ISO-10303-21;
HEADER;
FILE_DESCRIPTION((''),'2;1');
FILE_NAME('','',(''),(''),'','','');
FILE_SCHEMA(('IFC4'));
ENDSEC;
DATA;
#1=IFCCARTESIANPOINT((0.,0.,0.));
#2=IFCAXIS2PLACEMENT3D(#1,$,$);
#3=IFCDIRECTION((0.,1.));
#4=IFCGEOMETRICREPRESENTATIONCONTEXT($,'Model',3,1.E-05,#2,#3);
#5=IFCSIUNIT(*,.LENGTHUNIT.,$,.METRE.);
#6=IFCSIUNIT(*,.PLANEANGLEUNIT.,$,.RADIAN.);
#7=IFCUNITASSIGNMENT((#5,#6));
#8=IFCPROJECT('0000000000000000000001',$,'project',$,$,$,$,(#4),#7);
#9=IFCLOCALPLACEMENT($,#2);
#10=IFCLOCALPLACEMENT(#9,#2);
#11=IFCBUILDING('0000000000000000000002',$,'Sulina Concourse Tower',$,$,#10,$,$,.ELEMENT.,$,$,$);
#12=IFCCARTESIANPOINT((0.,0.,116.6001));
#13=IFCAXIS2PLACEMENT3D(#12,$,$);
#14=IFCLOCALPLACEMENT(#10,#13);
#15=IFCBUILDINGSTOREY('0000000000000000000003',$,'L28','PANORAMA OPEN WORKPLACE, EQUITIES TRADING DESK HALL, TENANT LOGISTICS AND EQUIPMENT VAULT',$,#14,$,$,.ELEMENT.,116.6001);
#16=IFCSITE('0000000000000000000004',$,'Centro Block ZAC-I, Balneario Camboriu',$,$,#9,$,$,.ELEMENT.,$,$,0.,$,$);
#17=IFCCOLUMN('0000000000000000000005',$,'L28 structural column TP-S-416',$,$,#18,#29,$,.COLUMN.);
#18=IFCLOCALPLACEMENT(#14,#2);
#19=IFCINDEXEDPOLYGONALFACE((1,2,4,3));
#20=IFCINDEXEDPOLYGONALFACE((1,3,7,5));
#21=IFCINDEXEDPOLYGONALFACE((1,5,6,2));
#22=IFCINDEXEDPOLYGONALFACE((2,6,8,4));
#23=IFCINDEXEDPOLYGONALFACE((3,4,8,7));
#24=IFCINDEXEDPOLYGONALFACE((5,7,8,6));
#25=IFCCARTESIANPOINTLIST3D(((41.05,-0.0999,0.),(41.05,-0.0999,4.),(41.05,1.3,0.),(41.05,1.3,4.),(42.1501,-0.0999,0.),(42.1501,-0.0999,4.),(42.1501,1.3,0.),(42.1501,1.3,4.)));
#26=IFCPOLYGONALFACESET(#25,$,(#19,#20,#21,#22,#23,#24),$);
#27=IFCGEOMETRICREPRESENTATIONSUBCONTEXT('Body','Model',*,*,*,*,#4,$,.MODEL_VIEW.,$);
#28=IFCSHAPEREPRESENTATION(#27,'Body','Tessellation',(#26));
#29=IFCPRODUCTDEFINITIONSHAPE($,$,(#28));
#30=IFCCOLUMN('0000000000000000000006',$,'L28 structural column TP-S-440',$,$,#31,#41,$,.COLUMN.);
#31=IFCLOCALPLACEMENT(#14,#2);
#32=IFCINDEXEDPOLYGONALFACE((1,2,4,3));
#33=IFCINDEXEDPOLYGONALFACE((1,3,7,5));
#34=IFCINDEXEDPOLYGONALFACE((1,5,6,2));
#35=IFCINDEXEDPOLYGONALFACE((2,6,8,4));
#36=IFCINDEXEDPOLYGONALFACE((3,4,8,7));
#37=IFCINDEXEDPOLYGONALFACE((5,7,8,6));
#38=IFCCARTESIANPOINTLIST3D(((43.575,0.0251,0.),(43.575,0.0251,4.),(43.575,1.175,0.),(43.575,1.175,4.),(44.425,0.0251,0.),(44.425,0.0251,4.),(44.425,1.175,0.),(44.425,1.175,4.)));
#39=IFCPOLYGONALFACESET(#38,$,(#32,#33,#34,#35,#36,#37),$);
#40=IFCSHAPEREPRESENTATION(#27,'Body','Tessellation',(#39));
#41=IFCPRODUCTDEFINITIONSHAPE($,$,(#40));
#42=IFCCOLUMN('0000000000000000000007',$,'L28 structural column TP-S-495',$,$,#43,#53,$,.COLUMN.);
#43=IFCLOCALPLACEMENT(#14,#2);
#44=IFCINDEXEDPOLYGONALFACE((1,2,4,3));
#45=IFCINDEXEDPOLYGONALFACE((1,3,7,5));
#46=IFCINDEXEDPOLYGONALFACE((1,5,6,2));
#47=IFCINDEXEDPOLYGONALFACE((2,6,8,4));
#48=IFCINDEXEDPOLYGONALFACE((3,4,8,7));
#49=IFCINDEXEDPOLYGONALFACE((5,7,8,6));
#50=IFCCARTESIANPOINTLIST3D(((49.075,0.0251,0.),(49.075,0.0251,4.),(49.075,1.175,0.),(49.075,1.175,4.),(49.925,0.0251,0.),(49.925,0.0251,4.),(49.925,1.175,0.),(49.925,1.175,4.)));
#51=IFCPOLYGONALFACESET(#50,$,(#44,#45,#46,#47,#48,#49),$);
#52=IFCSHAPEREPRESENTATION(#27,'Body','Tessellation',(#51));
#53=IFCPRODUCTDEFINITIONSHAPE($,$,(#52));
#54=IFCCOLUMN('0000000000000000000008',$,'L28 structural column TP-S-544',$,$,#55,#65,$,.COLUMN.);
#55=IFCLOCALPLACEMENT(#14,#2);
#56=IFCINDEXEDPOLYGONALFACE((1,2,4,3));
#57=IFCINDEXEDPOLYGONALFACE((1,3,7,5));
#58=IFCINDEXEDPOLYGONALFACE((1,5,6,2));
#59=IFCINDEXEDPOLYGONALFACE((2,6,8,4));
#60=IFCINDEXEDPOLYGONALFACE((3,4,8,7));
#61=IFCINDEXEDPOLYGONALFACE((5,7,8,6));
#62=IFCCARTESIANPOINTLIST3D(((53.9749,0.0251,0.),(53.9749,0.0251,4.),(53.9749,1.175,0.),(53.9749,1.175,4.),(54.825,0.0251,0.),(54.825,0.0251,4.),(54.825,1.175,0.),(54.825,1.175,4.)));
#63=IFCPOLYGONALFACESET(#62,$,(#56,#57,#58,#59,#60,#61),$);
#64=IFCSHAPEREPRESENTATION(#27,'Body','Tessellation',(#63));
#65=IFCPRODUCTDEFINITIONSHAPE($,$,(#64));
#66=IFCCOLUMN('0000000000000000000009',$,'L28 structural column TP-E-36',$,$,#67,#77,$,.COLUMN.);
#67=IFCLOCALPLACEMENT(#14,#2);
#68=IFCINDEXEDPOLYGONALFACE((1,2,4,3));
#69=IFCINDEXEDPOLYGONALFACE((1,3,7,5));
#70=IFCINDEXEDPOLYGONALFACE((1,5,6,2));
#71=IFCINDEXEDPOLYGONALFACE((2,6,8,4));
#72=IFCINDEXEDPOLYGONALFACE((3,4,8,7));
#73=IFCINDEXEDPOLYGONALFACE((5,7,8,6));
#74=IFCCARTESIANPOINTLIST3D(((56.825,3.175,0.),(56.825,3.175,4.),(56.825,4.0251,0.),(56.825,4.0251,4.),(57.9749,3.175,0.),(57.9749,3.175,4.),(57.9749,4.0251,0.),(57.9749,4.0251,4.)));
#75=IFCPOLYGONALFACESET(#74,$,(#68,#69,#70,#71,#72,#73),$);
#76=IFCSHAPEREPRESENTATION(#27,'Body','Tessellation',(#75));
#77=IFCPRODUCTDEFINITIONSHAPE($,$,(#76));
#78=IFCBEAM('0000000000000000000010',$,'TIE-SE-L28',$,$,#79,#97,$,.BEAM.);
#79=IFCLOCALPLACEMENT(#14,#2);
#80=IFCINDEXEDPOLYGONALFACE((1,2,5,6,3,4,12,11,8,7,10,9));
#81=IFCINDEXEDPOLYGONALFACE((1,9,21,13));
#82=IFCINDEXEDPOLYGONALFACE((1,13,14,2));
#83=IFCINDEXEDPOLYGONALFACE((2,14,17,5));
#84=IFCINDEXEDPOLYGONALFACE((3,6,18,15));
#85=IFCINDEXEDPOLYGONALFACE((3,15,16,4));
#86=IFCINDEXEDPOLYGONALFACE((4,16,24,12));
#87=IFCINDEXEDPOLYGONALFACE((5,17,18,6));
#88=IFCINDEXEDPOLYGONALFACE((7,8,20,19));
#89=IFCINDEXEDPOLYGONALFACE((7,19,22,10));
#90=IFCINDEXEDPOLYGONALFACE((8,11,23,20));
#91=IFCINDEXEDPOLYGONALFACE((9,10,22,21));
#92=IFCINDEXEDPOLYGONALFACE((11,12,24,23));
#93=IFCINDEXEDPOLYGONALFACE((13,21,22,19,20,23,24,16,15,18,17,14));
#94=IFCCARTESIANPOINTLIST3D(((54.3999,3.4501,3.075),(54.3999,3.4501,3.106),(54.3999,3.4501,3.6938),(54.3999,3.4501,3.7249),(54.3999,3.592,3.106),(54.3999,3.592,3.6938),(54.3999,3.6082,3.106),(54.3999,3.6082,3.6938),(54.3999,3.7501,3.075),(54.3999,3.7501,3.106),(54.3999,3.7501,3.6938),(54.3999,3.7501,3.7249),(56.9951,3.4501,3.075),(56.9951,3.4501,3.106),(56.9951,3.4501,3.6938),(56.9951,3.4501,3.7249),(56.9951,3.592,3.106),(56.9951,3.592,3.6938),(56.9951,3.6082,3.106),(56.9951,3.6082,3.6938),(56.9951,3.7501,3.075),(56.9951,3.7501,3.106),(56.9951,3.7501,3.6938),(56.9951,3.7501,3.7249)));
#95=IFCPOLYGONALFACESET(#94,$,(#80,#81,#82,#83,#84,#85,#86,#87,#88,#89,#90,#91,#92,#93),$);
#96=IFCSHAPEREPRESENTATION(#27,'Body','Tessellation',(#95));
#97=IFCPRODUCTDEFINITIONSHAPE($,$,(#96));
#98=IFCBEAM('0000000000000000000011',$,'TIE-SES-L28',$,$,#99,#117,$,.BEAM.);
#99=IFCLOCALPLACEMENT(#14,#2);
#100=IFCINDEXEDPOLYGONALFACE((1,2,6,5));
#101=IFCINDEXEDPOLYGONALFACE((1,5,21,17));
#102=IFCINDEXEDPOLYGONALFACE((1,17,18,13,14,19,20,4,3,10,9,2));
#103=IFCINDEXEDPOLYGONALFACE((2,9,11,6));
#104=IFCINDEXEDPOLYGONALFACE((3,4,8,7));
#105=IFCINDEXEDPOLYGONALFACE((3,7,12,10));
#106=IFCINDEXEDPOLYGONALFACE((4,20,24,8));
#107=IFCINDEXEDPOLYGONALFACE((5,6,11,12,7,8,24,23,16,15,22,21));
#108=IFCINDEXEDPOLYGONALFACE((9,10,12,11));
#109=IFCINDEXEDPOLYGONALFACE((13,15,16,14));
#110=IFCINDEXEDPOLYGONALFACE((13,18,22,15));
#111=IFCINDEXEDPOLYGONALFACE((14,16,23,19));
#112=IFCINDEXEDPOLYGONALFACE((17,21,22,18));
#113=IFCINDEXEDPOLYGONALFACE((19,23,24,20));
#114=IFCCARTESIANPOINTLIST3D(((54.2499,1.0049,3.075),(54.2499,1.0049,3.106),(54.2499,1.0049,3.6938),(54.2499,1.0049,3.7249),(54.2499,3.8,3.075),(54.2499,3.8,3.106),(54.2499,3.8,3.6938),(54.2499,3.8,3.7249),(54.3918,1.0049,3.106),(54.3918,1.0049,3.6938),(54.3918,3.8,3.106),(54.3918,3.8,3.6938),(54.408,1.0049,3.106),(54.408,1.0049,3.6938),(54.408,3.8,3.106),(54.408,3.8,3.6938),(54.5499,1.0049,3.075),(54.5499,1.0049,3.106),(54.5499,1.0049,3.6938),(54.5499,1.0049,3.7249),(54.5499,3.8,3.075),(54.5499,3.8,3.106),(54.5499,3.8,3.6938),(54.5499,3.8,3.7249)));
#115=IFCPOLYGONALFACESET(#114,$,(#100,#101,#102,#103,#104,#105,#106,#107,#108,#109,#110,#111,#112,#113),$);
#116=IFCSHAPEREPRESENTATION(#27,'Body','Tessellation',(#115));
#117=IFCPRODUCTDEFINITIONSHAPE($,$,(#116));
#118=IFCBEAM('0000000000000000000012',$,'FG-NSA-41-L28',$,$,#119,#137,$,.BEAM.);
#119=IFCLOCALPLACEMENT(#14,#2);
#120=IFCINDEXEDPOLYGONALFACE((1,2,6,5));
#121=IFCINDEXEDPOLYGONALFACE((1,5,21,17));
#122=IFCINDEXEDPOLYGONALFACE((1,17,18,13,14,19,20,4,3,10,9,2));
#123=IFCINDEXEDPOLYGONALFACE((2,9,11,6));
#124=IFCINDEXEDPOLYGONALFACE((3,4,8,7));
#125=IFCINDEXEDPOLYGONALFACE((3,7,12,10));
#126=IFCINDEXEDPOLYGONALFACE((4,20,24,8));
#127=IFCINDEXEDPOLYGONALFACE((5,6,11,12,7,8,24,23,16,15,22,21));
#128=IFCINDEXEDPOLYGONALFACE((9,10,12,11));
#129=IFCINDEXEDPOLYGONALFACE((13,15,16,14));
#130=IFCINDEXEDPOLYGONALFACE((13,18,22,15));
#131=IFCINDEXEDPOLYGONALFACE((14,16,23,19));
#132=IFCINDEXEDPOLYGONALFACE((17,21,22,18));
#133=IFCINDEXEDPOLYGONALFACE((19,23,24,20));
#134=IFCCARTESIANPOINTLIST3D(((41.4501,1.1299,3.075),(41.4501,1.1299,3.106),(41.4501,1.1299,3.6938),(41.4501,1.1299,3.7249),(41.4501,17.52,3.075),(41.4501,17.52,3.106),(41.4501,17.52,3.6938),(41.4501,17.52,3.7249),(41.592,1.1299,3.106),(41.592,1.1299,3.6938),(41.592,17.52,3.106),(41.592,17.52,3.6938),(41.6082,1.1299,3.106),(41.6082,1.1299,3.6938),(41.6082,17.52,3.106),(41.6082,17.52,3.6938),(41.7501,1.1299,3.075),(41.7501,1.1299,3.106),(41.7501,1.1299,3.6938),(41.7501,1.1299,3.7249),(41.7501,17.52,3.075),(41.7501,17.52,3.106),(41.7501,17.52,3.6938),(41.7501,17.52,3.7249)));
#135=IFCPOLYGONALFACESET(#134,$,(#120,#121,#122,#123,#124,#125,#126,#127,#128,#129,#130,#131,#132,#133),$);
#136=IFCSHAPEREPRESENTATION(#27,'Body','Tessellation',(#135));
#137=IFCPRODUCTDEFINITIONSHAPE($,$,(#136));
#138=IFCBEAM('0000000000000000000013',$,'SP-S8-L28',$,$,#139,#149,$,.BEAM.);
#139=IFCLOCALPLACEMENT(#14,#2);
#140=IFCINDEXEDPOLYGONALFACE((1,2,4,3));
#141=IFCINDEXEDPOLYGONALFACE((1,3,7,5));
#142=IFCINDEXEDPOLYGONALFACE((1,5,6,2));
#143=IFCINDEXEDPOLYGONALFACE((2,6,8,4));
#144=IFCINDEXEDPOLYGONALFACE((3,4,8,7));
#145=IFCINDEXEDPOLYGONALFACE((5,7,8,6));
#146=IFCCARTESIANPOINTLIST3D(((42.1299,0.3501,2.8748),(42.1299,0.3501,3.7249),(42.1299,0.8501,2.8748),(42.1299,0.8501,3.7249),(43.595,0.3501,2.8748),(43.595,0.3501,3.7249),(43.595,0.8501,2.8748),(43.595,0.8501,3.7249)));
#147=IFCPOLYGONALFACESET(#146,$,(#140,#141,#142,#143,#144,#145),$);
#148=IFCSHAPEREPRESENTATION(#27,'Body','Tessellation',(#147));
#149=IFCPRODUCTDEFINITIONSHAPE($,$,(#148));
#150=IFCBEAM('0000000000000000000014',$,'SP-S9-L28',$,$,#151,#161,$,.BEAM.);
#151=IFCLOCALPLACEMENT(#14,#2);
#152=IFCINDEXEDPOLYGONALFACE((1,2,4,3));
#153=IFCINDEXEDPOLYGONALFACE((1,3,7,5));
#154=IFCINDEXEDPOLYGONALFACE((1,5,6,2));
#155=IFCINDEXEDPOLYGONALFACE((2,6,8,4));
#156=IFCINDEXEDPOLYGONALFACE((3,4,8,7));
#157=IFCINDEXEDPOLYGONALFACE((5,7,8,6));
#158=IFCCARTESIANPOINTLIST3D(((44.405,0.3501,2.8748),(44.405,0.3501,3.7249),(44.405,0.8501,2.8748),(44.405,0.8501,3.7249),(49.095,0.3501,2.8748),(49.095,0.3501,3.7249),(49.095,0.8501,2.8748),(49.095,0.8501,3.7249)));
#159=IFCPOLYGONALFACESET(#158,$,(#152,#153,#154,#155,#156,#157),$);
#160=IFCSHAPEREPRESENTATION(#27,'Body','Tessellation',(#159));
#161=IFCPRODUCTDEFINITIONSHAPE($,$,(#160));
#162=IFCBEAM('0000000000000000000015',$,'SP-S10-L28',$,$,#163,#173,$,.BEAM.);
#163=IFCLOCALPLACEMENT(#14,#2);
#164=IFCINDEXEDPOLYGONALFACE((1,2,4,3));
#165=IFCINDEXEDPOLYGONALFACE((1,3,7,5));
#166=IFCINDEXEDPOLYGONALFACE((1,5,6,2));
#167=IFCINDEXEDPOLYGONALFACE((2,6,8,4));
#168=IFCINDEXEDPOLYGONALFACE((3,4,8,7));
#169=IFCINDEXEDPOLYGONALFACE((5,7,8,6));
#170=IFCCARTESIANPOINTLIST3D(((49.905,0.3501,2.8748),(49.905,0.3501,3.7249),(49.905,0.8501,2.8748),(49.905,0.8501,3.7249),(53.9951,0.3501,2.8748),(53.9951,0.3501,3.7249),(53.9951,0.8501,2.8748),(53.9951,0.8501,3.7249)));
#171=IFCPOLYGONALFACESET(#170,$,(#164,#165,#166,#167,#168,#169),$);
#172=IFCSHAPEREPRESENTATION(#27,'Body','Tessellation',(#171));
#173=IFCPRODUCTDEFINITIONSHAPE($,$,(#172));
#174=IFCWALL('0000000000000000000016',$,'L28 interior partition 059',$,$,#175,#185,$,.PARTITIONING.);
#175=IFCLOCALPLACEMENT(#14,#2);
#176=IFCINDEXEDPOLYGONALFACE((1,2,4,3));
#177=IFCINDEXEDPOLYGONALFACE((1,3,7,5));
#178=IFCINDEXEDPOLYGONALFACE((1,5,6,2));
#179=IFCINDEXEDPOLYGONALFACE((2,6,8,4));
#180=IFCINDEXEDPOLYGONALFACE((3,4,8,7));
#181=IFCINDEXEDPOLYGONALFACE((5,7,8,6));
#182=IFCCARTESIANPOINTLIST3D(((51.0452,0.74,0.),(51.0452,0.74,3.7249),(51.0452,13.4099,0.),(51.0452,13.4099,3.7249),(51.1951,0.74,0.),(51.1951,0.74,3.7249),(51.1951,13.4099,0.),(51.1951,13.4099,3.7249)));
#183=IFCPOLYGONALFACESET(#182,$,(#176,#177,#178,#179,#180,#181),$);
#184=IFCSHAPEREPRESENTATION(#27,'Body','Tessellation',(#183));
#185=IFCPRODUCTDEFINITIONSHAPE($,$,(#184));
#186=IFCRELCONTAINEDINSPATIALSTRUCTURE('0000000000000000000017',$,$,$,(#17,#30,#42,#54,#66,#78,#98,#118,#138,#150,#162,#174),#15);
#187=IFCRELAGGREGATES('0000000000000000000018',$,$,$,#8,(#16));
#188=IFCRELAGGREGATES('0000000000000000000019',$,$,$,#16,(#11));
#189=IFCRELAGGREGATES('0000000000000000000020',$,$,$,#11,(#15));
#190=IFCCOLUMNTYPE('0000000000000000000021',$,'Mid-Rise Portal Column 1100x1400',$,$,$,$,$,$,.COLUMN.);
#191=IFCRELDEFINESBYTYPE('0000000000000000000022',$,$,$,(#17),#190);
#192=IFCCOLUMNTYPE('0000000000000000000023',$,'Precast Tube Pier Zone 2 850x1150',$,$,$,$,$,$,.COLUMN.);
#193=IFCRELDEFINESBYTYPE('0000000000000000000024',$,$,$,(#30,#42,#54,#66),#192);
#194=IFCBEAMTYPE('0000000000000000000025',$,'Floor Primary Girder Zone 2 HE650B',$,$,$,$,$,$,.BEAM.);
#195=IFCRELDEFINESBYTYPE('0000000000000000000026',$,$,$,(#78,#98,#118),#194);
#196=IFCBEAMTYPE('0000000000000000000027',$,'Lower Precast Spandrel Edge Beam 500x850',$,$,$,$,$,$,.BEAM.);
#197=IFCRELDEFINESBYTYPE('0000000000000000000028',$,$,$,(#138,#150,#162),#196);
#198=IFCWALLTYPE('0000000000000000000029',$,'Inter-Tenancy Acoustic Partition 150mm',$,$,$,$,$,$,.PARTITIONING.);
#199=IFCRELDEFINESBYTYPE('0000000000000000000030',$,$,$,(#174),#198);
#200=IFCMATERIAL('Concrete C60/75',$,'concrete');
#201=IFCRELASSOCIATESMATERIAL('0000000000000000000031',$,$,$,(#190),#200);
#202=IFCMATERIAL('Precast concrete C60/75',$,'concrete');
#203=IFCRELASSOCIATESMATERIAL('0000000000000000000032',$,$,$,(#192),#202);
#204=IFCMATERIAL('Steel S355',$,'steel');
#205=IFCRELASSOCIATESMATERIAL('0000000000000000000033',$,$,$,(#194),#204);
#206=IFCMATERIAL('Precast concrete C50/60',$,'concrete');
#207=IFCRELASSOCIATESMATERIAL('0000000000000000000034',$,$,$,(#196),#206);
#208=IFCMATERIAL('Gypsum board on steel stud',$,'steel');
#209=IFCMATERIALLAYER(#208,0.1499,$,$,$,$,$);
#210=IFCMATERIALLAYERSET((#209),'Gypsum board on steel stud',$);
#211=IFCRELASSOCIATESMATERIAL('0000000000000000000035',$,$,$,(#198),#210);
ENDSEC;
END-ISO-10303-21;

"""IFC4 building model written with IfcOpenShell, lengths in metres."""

from ifc_helpers import new_model, si_unit, direction, frame, frame_2d, origin, origin_2d, place, context, subcontext, project, spatial, rectangle, i_section, extrude, material, layer, layer_set, material_profile, profile_set, type_object, element, save


model = new_model("IFC4")

# Units and contexts
model_context = context("Model", 3, precision=1e-05, world=origin(), true_north=direction((0.0, 1.0)))
body_context = subcontext(model_context, "Body", "Model", "MODEL_VIEW")
ifc_project = project(units=[si_unit("LENGTHUNIT", "METRE"), si_unit("PLANEANGLEUNIT", "RADIAN")], contexts=[model_context])

# Site, building, storey
site_placement = place(None, origin())
site = spatial("IfcSite", under=ifc_project, at=site_placement, Name="Centro Block ZAC-I, Balneario Camboriu", CompositionType="ELEMENT", RefElevation=0.0)
building_placement = place(site_placement, origin())
building = spatial("IfcBuilding", under=site, at=building_placement, Name="Sulina Concourse Tower", CompositionType="ELEMENT")
storey_placement = place(building_placement, frame((0.0, 0.0, 116.6001)))
storey = spatial("IfcBuildingStorey", under=building, at=storey_placement, Name="L28", Description="PANORAMA OPEN WORKPLACE, EQUITIES TRADING DESK HALL, TENANT LOGISTICS AND EQUIPMENT VAULT", CompositionType="ELEMENT", Elevation=116.6001)

# Columns
ifc_material_1 = material(Name="Concrete C60/75", Category="concrete")
ifc_material_profile_1 = material_profile(ifc_material_1, rectangle(XDim=1.1001, YDim=1.3999, at=origin_2d()), Name="RC 1100x1400")
ifc_profile_set_1 = profile_set([ifc_material_profile_1], Name="Concrete C60/75")
column_type_1 = type_object("IfcColumnType", Name="Mid-Rise Portal Column 1100x1400", PredefinedType="COLUMN", material=ifc_profile_set_1)
column_placement = place(storey_placement, frame((41.6001, 0.6001, 0.0), z_axis=(0.0, 0.0, 1.0), x_axis=(1.0, 0.0, 0.0)))
element("IfcColumn", 1, at=column_placement, inside=storey, type_object=column_type_1, Name="L28 structural column TP-S-416", PredefinedType="COLUMN", context=body_context, shape_type="SweptSolid", body=[
    extrude(rectangle(XDim=1.1001, YDim=1.3999, at=origin_2d()), origin(), (0.0, 0.0, 1.0), 4.0),
])
ifc_material_2 = material(Name="Precast concrete C60/75", Category="concrete")
ifc_material_profile_2 = material_profile(ifc_material_2, rectangle(XDim=0.8501, YDim=1.1499, at=origin_2d()), Name="PC 850x1150")
ifc_profile_set_2 = profile_set([ifc_material_profile_2], Name="Precast concrete C60/75")
column_type_2 = type_object("IfcColumnType", Name="Precast Tube Pier Zone 2 850x1150", PredefinedType="COLUMN", material=ifc_profile_set_2)
for number, where, z_axis, x_axis, name in (
    (2, (44.0, 0.6001, 0.0), (0.0, 0.0, 1.0), (1.0, 0.0, 0.0), "L28 structural column TP-S-440"),
    (3, (49.5, 0.6001, 0.0), (0.0, 0.0, 1.0), (1.0, 0.0, 0.0), "L28 structural column TP-S-495"),
    (4, (54.3999, 0.6001, 0.0), (0.0, 0.0, 1.0), (1.0, 0.0, 0.0), "L28 structural column TP-S-544"),
    (5, (57.3999, 3.6001, 0.0), (0.0, 0.0, 1.0), (0.0, 1.0, 0.0), "L28 structural column TP-E-36"),
):
    element("IfcColumn", number, at=place(storey_placement, frame(where, z_axis=z_axis, x_axis=x_axis)), inside=storey, type_object=column_type_2, Name=name, PredefinedType="COLUMN", context=body_context, shape_type="SweptSolid", body=[
        extrude(rectangle(XDim=0.8501, YDim=1.1499, at=origin_2d()), origin(), (0.0, 0.0, 1.0), 4.0),
    ])

# Beams
ifc_material_3 = material(Name="Steel S355", Category="steel")
ifc_material_profile_3 = material_profile(ifc_material_3, i_section(OverallWidth=0.3, OverallDepth=0.6499, WebThickness=0.0161, FlangeThickness=0.031, at=origin_2d()), Name="HE 650 B")
ifc_profile_set_3 = profile_set([ifc_material_profile_3], Name="Steel S355")
beam_type_1 = type_object("IfcBeamType", Name="Floor Primary Girder Zone 2 HE650B", PredefinedType="BEAM", material=ifc_profile_set_3)
beam_1_placement = place(storey_placement, frame((54.3999, 3.6001, 3.3999), z_axis=(1.0, 0.0, 0.0), x_axis=(0.0, 1.0, 0.0)))
element("IfcBeam", 6, at=beam_1_placement, inside=storey, type_object=beam_type_1, Name="TIE-SE-L28", PredefinedType="BEAM", context=body_context, shape_type="SweptSolid", body=[
    extrude(i_section(OverallWidth=0.3, OverallDepth=0.6499, WebThickness=0.0161, FlangeThickness=0.031, at=origin_2d()), origin(), (0.0, 0.0, 1.0), 2.5952),
])
beam_2_placement = place(storey_placement, frame((54.3999, 1.0049, 3.3999), z_axis=(0.0, 1.0, 0.0), x_axis=(-1.0, 0.0, 0.0)))
element("IfcBeam", 7, at=beam_2_placement, inside=storey, type_object=beam_type_1, Name="TIE-SES-L28", PredefinedType="BEAM", context=body_context, shape_type="SweptSolid", body=[
    extrude(i_section(OverallWidth=0.3, OverallDepth=0.6499, WebThickness=0.0161, FlangeThickness=0.031, at=origin_2d()), origin(), (0.0, 0.0, 1.0), 2.7952),
])
beam_3_placement = place(storey_placement, frame((41.6001, 1.1299, 3.3999), z_axis=(0.0, 1.0, 0.0), x_axis=(-1.0, 0.0, 0.0)))
element("IfcBeam", 8, at=beam_3_placement, inside=storey, type_object=beam_type_1, Name="FG-NSA-41-L28", PredefinedType="BEAM", context=body_context, shape_type="SweptSolid", body=[
    extrude(i_section(OverallWidth=0.3, OverallDepth=0.6499, WebThickness=0.0161, FlangeThickness=0.031, at=origin_2d()), origin(), (0.0, 0.0, 1.0), 16.3901),
])
ifc_material_4 = material(Name="Precast concrete C50/60", Category="concrete")
ifc_material_profile_4 = material_profile(ifc_material_4, rectangle(XDim=0.5, YDim=0.8501, at=origin_2d()), Name="RC 500x850")
ifc_profile_set_4 = profile_set([ifc_material_profile_4], Name="Precast concrete C50/60")
beam_type_2 = type_object("IfcBeamType", Name="Lower Precast Spandrel Edge Beam 500x850", PredefinedType="BEAM", material=ifc_profile_set_4)
beam_4_placement = place(storey_placement, frame((42.1299, 0.6001, 3.2998), z_axis=(1.0, 0.0, 0.0), x_axis=(0.0, 1.0, 0.0)))
element("IfcBeam", 9, at=beam_4_placement, inside=storey, type_object=beam_type_2, Name="SP-S8-L28", PredefinedType="BEAM", context=body_context, shape_type="SweptSolid", body=[
    extrude(rectangle(XDim=0.5, YDim=0.8501, at=origin_2d()), origin(), (0.0, 0.0, 1.0), 1.4651),
])
beam_5_placement = place(storey_placement, frame((44.405, 0.6001, 3.2998), z_axis=(1.0, 0.0, 0.0), x_axis=(0.0, 1.0, 0.0)))
element("IfcBeam", 10, at=beam_5_placement, inside=storey, type_object=beam_type_2, Name="SP-S9-L28", PredefinedType="BEAM", context=body_context, shape_type="SweptSolid", body=[
    extrude(rectangle(XDim=0.5, YDim=0.8501, at=origin_2d()), origin(), (0.0, 0.0, 1.0), 4.6899),
])
beam_6_placement = place(storey_placement, frame((49.905, 0.6001, 3.2998), z_axis=(1.0, 0.0, 0.0), x_axis=(0.0, 1.0, 0.0)))
element("IfcBeam", 11, at=beam_6_placement, inside=storey, type_object=beam_type_2, Name="SP-S10-L28", PredefinedType="BEAM", context=body_context, shape_type="SweptSolid", body=[
    extrude(rectangle(XDim=0.5, YDim=0.8501, at=origin_2d()), origin(), (0.0, 0.0, 1.0), 4.0901),
])

# Wall
ifc_material_5 = material(Name="Gypsum board on steel stud", Category="steel")
ifc_layer_1 = layer(ifc_material_5, 0.1499)
ifc_layer_set_1 = layer_set([ifc_layer_1], Name="Gypsum board on steel stud")
wall_type_1 = type_object("IfcWallType", Name="Inter-Tenancy Acoustic Partition 150mm", PredefinedType="PARTITIONING", material=ifc_layer_set_1)
wall_1_placement = place(storey_placement, frame((51.1201, 0.74, 0.0), z_axis=(0.0, 0.0, 1.0), x_axis=(0.0, 1.0, 0.0)))
element("IfcWall", 12, at=wall_1_placement, inside=storey, type_object=wall_type_1, Name="L28 interior partition 059", PredefinedType="PARTITIONING", context=body_context, shape_type="SweptSolid", body=[
    extrude(rectangle(XDim=12.6699, YDim=0.1499, at=frame_2d((6.335, 0.0))), origin(), (0.0, 0.0, 1.0), 3.7249),
])

save(model, "model.ifc")
